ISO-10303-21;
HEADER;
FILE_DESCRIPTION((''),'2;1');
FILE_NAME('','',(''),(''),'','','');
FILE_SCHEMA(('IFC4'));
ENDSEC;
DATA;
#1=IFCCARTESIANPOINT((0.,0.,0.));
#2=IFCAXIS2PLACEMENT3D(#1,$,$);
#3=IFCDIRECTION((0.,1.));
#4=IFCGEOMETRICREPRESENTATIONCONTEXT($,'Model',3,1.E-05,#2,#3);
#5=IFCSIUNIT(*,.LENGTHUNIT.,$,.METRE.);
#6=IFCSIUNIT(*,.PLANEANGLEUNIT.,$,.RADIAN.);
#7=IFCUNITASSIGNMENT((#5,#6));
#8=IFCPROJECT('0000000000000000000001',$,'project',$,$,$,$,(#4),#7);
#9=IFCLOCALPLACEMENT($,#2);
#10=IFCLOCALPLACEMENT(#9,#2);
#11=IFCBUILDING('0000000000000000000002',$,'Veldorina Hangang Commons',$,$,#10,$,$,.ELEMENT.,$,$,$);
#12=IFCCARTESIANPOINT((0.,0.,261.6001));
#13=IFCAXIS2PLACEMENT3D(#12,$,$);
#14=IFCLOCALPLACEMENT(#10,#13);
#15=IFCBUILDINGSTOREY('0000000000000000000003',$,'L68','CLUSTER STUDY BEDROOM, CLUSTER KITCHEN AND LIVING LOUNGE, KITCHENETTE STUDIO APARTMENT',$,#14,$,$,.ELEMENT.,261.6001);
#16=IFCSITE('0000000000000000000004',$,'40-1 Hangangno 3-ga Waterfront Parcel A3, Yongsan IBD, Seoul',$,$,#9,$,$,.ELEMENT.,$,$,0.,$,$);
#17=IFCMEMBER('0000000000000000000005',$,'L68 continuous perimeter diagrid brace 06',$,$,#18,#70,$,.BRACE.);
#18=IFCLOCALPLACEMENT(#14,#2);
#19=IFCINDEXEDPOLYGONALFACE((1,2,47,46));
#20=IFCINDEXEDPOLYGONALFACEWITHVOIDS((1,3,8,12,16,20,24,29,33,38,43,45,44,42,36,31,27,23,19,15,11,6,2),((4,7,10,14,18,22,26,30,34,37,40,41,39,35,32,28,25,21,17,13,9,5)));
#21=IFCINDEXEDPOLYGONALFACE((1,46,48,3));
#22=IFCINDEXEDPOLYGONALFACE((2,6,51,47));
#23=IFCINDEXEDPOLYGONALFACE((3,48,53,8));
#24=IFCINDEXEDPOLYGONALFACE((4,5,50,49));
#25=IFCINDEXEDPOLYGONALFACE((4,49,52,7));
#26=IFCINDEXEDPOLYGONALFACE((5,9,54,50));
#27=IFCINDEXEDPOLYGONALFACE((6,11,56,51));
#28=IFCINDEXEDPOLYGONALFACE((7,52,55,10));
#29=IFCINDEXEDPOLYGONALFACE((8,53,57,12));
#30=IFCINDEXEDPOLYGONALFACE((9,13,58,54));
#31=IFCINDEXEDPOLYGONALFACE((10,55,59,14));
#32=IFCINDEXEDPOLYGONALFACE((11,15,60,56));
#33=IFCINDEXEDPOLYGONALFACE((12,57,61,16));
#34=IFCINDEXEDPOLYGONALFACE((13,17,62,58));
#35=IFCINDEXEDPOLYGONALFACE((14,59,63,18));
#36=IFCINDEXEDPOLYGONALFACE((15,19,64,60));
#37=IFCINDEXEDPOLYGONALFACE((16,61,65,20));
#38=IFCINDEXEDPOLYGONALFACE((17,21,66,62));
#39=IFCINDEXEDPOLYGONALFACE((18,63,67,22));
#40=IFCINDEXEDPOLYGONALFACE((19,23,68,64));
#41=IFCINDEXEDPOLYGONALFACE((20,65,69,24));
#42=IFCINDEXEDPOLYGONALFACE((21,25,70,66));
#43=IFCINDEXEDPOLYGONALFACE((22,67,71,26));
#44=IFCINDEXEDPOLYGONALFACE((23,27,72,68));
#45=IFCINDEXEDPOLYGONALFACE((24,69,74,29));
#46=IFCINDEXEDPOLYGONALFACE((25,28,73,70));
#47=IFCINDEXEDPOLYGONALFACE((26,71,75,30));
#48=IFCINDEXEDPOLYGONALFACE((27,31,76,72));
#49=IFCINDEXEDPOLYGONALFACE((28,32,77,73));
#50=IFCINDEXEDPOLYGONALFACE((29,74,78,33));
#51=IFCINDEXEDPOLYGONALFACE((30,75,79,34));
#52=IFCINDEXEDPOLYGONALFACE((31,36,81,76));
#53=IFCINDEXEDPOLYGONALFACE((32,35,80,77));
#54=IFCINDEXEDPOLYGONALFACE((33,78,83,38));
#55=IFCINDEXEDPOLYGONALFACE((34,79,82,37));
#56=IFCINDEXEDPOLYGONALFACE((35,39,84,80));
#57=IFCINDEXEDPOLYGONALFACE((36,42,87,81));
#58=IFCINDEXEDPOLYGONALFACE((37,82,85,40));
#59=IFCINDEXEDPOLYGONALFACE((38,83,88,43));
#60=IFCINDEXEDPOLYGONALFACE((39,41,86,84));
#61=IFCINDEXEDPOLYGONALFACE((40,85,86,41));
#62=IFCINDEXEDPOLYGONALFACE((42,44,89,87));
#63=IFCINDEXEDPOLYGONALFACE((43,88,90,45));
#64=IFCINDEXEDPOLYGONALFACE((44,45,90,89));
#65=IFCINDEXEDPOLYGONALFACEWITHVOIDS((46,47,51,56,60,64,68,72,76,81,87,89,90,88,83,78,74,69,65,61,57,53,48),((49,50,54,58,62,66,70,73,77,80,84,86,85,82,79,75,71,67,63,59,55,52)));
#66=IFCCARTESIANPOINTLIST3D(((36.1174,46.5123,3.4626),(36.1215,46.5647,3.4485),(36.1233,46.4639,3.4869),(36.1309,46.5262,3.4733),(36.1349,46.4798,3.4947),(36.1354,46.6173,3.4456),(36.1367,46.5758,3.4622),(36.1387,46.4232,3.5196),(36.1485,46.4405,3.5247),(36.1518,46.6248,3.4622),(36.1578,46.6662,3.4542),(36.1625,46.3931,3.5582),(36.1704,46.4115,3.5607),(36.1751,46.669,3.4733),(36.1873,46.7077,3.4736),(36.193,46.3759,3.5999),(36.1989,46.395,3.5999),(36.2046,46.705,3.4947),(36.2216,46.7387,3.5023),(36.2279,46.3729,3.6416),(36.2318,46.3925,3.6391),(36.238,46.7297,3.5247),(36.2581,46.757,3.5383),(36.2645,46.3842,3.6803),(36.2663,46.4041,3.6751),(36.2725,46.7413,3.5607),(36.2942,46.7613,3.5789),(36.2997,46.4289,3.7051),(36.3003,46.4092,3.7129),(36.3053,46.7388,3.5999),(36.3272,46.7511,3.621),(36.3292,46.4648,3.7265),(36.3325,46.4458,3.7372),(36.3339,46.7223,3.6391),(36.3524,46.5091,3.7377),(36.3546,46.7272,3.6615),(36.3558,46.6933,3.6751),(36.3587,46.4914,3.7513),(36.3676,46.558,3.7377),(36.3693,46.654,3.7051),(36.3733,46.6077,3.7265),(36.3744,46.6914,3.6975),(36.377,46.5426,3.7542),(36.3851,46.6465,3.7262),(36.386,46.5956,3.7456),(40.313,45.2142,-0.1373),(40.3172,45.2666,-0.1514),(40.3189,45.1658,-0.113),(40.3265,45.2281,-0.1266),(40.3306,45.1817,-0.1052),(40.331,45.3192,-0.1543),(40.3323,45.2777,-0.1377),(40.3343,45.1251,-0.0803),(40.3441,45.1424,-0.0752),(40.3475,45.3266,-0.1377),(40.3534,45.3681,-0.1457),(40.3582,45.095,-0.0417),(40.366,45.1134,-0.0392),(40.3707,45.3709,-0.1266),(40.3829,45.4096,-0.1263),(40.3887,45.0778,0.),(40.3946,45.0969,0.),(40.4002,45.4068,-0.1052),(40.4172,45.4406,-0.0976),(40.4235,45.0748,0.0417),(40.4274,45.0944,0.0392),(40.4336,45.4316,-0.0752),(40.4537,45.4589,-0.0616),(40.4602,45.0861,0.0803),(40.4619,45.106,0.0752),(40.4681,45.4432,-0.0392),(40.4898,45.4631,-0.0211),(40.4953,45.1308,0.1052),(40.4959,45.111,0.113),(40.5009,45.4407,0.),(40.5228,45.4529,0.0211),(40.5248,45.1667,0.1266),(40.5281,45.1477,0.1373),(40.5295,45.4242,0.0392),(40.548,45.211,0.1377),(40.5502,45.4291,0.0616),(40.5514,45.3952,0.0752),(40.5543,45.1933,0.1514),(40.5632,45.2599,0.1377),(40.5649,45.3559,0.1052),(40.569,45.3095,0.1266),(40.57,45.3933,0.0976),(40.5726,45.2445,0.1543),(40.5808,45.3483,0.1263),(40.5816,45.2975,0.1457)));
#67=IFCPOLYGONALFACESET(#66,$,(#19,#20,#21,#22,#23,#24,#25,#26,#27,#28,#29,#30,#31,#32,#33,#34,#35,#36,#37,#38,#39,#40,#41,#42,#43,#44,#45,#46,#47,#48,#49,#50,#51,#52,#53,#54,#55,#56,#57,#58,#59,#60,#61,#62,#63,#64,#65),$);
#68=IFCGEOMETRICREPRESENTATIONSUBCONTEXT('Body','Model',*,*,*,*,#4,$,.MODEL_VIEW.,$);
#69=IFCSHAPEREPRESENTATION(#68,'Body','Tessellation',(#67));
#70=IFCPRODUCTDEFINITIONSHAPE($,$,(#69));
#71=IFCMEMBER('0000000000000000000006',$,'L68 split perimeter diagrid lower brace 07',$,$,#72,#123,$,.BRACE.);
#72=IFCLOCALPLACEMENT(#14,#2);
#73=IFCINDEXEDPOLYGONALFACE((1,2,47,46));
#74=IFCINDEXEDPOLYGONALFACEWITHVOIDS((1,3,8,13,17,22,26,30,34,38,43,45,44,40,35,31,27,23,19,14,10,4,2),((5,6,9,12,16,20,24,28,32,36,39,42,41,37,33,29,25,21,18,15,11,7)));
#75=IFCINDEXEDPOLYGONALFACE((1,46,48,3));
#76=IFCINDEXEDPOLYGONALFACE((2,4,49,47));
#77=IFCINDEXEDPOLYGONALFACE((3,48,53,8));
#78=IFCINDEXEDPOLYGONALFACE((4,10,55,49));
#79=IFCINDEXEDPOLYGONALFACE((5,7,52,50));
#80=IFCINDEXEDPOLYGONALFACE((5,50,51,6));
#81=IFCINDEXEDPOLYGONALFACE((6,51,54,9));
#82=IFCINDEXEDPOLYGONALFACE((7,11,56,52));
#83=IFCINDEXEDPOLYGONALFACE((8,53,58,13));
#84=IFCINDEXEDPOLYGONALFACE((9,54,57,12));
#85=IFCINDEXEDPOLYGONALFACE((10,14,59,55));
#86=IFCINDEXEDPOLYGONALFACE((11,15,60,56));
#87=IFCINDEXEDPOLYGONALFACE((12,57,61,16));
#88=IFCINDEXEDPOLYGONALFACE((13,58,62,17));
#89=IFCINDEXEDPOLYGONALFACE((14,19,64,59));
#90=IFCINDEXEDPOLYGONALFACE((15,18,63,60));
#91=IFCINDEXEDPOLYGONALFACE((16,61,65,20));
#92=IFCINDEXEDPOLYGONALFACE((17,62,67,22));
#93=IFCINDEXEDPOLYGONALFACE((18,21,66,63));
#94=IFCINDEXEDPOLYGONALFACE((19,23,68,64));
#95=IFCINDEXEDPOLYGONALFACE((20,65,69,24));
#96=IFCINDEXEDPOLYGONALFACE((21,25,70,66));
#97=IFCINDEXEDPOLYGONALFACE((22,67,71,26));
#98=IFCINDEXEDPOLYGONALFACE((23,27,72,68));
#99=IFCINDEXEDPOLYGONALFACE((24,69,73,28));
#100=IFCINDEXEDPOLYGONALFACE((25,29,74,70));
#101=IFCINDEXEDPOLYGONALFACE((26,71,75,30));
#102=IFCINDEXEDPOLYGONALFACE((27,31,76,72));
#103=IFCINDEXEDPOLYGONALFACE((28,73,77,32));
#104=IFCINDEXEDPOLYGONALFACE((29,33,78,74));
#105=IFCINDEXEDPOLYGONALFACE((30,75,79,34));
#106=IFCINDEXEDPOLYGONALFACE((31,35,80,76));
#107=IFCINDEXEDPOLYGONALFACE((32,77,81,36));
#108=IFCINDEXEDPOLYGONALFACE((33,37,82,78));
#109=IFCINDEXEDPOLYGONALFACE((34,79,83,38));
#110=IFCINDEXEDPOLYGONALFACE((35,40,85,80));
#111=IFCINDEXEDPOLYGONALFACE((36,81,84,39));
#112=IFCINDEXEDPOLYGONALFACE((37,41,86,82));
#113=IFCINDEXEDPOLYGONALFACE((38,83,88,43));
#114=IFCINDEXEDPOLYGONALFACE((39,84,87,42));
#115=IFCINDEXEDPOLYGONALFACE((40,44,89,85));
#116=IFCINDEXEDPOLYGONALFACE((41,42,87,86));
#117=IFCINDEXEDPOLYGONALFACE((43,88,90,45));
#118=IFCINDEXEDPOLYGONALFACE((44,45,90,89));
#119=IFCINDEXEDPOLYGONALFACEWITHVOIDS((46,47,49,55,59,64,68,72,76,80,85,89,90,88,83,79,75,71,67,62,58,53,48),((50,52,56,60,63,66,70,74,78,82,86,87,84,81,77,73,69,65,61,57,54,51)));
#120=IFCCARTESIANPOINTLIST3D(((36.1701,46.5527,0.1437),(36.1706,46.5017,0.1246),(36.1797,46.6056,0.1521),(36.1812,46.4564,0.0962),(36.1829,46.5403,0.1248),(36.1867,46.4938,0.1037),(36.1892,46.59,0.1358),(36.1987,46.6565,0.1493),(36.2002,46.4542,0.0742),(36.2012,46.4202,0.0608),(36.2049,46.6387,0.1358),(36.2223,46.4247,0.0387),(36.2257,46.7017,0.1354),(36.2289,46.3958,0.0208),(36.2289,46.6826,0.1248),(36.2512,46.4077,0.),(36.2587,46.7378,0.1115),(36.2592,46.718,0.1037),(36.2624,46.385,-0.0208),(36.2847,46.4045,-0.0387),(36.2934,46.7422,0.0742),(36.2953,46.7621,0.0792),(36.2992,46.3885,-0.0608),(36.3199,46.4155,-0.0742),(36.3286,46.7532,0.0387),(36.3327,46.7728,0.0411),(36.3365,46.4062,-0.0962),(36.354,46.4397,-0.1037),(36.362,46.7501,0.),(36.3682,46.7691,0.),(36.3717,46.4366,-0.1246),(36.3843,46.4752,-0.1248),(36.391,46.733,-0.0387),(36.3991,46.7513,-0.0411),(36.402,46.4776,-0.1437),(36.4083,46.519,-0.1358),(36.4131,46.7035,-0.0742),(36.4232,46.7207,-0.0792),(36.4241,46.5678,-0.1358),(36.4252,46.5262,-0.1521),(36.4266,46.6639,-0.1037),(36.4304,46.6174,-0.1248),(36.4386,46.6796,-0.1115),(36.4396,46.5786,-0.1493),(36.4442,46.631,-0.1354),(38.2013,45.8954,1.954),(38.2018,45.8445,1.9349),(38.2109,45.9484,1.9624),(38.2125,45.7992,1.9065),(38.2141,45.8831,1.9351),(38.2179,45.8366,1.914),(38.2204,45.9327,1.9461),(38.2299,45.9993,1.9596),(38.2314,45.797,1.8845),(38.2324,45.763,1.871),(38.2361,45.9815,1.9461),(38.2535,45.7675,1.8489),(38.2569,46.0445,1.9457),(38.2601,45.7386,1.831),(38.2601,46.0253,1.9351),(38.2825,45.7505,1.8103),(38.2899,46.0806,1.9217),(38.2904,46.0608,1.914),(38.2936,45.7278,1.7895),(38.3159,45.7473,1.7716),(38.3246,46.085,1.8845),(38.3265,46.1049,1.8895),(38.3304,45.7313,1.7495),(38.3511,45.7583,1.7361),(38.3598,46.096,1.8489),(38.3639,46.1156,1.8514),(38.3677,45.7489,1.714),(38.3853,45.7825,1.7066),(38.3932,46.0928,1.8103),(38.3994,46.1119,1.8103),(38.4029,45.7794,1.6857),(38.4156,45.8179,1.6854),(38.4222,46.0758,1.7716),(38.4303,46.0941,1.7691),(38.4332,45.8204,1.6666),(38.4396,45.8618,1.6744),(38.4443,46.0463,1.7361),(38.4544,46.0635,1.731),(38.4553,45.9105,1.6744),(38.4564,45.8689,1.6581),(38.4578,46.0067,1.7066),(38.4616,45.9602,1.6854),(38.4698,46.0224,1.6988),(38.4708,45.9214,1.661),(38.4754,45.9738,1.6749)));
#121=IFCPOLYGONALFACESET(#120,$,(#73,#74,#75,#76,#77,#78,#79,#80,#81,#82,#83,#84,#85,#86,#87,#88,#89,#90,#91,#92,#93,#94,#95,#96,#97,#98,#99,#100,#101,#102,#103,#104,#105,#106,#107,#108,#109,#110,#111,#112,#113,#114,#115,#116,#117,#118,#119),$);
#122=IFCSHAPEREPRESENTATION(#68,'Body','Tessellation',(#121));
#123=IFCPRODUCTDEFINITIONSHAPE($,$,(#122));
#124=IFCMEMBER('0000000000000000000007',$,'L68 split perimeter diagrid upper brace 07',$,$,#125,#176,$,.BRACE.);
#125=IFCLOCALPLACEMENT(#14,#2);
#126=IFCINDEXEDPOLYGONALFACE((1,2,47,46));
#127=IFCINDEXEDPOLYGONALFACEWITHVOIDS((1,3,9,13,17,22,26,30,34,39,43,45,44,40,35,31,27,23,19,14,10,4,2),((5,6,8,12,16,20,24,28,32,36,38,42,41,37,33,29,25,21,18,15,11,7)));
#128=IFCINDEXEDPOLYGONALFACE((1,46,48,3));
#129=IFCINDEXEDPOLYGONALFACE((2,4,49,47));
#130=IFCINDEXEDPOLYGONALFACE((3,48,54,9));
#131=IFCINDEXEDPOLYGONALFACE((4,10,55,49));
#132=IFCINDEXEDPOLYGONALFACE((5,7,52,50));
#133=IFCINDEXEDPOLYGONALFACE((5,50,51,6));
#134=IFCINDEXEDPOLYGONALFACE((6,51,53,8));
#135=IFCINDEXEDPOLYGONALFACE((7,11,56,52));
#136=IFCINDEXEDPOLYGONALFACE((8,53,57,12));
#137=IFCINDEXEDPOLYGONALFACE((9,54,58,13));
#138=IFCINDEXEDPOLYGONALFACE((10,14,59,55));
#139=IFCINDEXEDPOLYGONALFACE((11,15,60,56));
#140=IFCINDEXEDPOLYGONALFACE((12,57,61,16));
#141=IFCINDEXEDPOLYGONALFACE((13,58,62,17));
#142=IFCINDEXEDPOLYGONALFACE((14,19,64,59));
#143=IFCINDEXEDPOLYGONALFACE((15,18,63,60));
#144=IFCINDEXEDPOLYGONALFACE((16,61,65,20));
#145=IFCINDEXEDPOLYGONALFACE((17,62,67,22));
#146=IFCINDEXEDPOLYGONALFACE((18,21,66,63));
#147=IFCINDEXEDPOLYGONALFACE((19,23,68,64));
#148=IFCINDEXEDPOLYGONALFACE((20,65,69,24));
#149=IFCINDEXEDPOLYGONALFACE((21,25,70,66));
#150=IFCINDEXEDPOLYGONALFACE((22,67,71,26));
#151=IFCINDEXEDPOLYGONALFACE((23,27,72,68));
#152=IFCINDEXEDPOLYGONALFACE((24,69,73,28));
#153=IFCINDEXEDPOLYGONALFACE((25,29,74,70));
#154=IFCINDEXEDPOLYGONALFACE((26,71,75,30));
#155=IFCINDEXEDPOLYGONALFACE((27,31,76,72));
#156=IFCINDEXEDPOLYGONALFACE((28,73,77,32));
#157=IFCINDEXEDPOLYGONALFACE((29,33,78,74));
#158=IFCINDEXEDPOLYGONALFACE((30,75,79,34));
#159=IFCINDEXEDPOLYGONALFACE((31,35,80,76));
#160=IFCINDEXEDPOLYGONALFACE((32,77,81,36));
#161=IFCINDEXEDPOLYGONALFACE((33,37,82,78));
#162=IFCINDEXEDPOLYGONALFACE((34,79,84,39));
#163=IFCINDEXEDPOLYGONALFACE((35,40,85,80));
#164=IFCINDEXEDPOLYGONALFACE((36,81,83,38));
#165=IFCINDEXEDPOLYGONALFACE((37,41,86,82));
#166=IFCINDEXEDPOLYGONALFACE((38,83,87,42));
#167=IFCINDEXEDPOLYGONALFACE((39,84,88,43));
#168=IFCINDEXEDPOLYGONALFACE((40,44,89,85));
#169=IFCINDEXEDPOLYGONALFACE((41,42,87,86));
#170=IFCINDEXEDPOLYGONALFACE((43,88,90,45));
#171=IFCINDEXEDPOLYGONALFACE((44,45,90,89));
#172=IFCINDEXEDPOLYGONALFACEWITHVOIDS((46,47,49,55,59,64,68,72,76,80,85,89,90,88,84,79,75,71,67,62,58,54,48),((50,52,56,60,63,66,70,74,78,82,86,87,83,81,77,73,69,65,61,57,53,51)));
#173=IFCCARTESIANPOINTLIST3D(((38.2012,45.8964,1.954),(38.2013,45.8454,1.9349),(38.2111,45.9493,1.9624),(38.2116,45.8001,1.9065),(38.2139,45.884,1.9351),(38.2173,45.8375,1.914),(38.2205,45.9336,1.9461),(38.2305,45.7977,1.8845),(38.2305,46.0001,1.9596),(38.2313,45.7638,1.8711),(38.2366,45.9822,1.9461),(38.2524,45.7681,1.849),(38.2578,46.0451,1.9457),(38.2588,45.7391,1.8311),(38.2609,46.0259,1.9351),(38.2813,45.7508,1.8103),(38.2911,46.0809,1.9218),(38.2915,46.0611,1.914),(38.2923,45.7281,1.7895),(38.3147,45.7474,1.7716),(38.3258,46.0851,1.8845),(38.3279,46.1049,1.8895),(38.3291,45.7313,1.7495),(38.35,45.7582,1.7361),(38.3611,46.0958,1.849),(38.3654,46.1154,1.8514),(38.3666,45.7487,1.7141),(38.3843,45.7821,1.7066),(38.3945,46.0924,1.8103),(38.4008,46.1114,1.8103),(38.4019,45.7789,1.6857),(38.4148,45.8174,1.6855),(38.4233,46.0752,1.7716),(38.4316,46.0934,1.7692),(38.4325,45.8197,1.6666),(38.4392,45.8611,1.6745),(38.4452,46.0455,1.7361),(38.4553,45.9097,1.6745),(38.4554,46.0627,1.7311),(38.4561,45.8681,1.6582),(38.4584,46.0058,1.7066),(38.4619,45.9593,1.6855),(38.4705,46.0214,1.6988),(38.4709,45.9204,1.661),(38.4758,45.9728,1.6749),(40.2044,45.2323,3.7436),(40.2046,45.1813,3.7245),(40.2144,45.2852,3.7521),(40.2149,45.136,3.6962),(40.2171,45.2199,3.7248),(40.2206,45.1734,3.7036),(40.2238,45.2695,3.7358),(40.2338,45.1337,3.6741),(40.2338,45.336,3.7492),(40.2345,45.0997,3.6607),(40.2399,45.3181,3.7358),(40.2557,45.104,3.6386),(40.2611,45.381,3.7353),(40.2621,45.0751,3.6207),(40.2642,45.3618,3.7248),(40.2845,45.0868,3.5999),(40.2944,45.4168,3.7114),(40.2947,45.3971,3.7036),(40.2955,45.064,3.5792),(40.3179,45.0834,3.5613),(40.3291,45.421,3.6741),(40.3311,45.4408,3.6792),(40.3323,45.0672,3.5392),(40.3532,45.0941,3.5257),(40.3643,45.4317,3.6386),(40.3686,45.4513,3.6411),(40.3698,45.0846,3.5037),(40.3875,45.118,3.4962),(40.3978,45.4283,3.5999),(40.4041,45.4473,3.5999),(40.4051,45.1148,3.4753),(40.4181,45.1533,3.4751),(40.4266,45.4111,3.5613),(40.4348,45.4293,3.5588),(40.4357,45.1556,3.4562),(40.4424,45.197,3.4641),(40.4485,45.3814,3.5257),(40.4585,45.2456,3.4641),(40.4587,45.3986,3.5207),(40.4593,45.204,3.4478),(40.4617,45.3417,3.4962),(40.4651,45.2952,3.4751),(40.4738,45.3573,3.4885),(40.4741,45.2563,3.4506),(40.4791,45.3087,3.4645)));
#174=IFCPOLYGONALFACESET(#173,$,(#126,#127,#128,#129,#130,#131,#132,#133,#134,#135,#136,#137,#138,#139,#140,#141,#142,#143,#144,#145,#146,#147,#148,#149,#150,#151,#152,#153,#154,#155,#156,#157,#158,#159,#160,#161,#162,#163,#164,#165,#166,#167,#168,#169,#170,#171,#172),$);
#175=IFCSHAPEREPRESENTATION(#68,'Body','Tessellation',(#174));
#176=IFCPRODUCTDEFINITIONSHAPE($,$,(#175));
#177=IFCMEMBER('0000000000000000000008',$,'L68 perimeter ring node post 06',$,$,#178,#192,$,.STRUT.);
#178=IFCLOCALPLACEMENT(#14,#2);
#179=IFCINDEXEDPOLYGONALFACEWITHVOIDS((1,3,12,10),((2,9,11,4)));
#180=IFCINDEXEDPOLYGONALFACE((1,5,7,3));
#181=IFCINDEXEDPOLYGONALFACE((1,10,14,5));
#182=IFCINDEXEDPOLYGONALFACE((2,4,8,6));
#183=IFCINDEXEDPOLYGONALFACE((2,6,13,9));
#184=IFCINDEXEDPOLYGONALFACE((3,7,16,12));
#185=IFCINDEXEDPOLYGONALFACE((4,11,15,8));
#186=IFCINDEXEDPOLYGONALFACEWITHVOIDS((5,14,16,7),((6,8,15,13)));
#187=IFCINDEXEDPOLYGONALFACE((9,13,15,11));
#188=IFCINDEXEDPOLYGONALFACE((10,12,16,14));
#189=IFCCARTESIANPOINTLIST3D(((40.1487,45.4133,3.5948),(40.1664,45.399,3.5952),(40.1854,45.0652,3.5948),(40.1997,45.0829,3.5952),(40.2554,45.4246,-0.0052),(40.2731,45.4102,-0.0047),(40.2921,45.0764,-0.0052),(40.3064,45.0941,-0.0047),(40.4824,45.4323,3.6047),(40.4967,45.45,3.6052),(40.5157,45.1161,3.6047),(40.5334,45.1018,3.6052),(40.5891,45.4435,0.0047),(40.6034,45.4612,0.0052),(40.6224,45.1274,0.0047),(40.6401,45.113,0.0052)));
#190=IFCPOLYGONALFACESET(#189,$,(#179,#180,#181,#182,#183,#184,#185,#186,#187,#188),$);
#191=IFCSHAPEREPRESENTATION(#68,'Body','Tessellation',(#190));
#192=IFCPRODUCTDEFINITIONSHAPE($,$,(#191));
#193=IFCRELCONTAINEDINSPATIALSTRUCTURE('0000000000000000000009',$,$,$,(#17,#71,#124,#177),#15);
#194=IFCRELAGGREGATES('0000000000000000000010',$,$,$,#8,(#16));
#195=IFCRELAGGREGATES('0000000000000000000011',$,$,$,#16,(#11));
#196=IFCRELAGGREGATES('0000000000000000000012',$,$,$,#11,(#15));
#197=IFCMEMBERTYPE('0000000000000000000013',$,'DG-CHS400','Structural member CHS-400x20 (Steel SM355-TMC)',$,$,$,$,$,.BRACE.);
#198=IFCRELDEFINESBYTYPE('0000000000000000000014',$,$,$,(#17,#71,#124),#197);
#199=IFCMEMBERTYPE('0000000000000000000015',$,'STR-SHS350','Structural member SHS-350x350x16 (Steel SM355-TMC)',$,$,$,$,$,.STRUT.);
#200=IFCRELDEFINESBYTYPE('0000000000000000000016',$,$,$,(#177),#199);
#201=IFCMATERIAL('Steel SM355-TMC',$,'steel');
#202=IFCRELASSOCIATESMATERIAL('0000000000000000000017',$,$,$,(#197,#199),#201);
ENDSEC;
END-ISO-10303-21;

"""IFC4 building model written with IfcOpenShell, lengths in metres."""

from ifc_helpers import new_model, si_unit, direction, frame, origin, origin_2d, place, context, subcontext, project, spatial, hollow_rectangle, hollow_circle, extrude, material, material_profile, profile_set, type_object, element, save


model = new_model("IFC4")

# Units and contexts
model_context = context("Model", 3, precision=1e-05, world=origin(), true_north=direction((0.0, 1.0)))
body_context = subcontext(model_context, "Body", "Model", "MODEL_VIEW")
ifc_project = project(units=[si_unit("LENGTHUNIT", "METRE"), si_unit("PLANEANGLEUNIT", "RADIAN")], contexts=[model_context])

# Site, building, storey
site_placement = place(None, origin())
site = spatial("IfcSite", under=ifc_project, at=site_placement, Name="40-1 Hangangno 3-ga Waterfront Parcel A3, Yongsan IBD, Seoul", CompositionType="ELEMENT", RefElevation=0.0)
building_placement = place(site_placement, origin())
building = spatial("IfcBuilding", under=site, at=building_placement, Name="Veldorina Hangang Commons", CompositionType="ELEMENT")
storey_placement = place(building_placement, frame((0.0, 0.0, 261.6001)))
storey = spatial("IfcBuildingStorey", under=building, at=storey_placement, Name="L68", Description="CLUSTER STUDY BEDROOM, CLUSTER KITCHEN AND LIVING LOUNGE, KITCHENETTE STUDIO APARTMENT", CompositionType="ELEMENT", Elevation=261.6001)

# Shared definitions
ifc_material_1 = material(Name="Steel SM355-TMC", Category="steel")

# Members
ifc_material_profile_1 = material_profile(ifc_material_1, hollow_circle(Radius=0.2, WallThickness=0.02, at=origin_2d()), Name="CHS-400x20")
ifc_profile_set_1 = profile_set([ifc_material_profile_1], Name="Steel SM355-TMC")
member_type_1 = type_object("IfcMemberType", Name="DG-CHS400", Description="Structural member CHS-400x20 (Steel SM355-TMC)", PredefinedType="BRACE", material=ifc_profile_set_1)
member_1_placement = place(storey_placement, frame((40.4478, 45.2688, 0.0), z_axis=(-0.738834, 0.228594, 0.633931), x_axis=(-0.295574, -0.95532, 0.0)))
element("IfcMember", 1, at=member_1_placement, inside=storey, type_object=member_type_1, Name="L68 continuous perimeter diagrid brace 06", PredefinedType="BRACE", context=body_context, shape_type="SweptSolid", body=[
    extrude(hollow_circle(Radius=0.2, WallThickness=0.02, at=origin_2d()), origin(), (0.0, 0.0, 1.0), 5.6787),
])
member_2_placement = place(storey_placement, frame((36.3066, 46.5789, 0.0), z_axis=(0.725672, -0.234797, 0.646738), x_axis=(0.307845, 0.951437, 0.0)))
element("IfcMember", 2, at=member_2_placement, inside=storey, type_object=member_type_1, Name="L68 split perimeter diagrid lower brace 07", PredefinedType="BRACE", context=body_context, shape_type="SweptSolid", body=[
    extrude(hollow_circle(Radius=0.2, WallThickness=0.02, at=origin_2d()), origin(), (0.0, 0.0, 1.0), 2.7991),
])
member_3_placement = place(storey_placement, frame((38.3379, 45.9216, 1.8103), z_axis=(0.723957, -0.239995, 0.646752), x_axis=(0.314666, 0.949203, 0.0)))
element("IfcMember", 3, at=member_3_placement, inside=storey, type_object=member_type_1, Name="L68 split perimeter diagrid upper brace 07", PredefinedType="BRACE", context=body_context, shape_type="SweptSolid", body=[
    extrude(hollow_circle(Radius=0.2, WallThickness=0.02, at=origin_2d()), origin(), (0.0, 0.0, 1.0), 2.7671),
])
ifc_material_profile_2 = material_profile(ifc_material_1, hollow_rectangle(XDim=0.3501, YDim=0.3501, WallThickness=0.0161, at=origin_2d()), Name="SHS-350x350x16")
ifc_profile_set_2 = profile_set([ifc_material_profile_2], Name="Steel SM355-TMC")
member_type_2 = type_object("IfcMemberType", Name="STR-SHS350", Description="Structural member SHS-350x350x16 (Steel SM355-TMC)", PredefinedType="STRUT", material=ifc_profile_set_2)
member_4_placement = place(storey_placement, frame((40.4478, 45.2688, 0.0), z_axis=(-0.029624, -0.003118, 0.999556), x_axis=(0.104685, -0.994505, 0.0)))
element("IfcMember", 4, at=member_4_placement, inside=storey, type_object=member_type_2, Name="L68 perimeter ring node post 06", PredefinedType="STRUT", context=body_context, shape_type="SweptSolid", body=[
    extrude(hollow_rectangle(XDim=0.3501, YDim=0.3501, WallThickness=0.0161, at=origin_2d()), origin(), (0.0, 0.0, 1.0), 3.6016),
])

save(model, "model.ifc")
